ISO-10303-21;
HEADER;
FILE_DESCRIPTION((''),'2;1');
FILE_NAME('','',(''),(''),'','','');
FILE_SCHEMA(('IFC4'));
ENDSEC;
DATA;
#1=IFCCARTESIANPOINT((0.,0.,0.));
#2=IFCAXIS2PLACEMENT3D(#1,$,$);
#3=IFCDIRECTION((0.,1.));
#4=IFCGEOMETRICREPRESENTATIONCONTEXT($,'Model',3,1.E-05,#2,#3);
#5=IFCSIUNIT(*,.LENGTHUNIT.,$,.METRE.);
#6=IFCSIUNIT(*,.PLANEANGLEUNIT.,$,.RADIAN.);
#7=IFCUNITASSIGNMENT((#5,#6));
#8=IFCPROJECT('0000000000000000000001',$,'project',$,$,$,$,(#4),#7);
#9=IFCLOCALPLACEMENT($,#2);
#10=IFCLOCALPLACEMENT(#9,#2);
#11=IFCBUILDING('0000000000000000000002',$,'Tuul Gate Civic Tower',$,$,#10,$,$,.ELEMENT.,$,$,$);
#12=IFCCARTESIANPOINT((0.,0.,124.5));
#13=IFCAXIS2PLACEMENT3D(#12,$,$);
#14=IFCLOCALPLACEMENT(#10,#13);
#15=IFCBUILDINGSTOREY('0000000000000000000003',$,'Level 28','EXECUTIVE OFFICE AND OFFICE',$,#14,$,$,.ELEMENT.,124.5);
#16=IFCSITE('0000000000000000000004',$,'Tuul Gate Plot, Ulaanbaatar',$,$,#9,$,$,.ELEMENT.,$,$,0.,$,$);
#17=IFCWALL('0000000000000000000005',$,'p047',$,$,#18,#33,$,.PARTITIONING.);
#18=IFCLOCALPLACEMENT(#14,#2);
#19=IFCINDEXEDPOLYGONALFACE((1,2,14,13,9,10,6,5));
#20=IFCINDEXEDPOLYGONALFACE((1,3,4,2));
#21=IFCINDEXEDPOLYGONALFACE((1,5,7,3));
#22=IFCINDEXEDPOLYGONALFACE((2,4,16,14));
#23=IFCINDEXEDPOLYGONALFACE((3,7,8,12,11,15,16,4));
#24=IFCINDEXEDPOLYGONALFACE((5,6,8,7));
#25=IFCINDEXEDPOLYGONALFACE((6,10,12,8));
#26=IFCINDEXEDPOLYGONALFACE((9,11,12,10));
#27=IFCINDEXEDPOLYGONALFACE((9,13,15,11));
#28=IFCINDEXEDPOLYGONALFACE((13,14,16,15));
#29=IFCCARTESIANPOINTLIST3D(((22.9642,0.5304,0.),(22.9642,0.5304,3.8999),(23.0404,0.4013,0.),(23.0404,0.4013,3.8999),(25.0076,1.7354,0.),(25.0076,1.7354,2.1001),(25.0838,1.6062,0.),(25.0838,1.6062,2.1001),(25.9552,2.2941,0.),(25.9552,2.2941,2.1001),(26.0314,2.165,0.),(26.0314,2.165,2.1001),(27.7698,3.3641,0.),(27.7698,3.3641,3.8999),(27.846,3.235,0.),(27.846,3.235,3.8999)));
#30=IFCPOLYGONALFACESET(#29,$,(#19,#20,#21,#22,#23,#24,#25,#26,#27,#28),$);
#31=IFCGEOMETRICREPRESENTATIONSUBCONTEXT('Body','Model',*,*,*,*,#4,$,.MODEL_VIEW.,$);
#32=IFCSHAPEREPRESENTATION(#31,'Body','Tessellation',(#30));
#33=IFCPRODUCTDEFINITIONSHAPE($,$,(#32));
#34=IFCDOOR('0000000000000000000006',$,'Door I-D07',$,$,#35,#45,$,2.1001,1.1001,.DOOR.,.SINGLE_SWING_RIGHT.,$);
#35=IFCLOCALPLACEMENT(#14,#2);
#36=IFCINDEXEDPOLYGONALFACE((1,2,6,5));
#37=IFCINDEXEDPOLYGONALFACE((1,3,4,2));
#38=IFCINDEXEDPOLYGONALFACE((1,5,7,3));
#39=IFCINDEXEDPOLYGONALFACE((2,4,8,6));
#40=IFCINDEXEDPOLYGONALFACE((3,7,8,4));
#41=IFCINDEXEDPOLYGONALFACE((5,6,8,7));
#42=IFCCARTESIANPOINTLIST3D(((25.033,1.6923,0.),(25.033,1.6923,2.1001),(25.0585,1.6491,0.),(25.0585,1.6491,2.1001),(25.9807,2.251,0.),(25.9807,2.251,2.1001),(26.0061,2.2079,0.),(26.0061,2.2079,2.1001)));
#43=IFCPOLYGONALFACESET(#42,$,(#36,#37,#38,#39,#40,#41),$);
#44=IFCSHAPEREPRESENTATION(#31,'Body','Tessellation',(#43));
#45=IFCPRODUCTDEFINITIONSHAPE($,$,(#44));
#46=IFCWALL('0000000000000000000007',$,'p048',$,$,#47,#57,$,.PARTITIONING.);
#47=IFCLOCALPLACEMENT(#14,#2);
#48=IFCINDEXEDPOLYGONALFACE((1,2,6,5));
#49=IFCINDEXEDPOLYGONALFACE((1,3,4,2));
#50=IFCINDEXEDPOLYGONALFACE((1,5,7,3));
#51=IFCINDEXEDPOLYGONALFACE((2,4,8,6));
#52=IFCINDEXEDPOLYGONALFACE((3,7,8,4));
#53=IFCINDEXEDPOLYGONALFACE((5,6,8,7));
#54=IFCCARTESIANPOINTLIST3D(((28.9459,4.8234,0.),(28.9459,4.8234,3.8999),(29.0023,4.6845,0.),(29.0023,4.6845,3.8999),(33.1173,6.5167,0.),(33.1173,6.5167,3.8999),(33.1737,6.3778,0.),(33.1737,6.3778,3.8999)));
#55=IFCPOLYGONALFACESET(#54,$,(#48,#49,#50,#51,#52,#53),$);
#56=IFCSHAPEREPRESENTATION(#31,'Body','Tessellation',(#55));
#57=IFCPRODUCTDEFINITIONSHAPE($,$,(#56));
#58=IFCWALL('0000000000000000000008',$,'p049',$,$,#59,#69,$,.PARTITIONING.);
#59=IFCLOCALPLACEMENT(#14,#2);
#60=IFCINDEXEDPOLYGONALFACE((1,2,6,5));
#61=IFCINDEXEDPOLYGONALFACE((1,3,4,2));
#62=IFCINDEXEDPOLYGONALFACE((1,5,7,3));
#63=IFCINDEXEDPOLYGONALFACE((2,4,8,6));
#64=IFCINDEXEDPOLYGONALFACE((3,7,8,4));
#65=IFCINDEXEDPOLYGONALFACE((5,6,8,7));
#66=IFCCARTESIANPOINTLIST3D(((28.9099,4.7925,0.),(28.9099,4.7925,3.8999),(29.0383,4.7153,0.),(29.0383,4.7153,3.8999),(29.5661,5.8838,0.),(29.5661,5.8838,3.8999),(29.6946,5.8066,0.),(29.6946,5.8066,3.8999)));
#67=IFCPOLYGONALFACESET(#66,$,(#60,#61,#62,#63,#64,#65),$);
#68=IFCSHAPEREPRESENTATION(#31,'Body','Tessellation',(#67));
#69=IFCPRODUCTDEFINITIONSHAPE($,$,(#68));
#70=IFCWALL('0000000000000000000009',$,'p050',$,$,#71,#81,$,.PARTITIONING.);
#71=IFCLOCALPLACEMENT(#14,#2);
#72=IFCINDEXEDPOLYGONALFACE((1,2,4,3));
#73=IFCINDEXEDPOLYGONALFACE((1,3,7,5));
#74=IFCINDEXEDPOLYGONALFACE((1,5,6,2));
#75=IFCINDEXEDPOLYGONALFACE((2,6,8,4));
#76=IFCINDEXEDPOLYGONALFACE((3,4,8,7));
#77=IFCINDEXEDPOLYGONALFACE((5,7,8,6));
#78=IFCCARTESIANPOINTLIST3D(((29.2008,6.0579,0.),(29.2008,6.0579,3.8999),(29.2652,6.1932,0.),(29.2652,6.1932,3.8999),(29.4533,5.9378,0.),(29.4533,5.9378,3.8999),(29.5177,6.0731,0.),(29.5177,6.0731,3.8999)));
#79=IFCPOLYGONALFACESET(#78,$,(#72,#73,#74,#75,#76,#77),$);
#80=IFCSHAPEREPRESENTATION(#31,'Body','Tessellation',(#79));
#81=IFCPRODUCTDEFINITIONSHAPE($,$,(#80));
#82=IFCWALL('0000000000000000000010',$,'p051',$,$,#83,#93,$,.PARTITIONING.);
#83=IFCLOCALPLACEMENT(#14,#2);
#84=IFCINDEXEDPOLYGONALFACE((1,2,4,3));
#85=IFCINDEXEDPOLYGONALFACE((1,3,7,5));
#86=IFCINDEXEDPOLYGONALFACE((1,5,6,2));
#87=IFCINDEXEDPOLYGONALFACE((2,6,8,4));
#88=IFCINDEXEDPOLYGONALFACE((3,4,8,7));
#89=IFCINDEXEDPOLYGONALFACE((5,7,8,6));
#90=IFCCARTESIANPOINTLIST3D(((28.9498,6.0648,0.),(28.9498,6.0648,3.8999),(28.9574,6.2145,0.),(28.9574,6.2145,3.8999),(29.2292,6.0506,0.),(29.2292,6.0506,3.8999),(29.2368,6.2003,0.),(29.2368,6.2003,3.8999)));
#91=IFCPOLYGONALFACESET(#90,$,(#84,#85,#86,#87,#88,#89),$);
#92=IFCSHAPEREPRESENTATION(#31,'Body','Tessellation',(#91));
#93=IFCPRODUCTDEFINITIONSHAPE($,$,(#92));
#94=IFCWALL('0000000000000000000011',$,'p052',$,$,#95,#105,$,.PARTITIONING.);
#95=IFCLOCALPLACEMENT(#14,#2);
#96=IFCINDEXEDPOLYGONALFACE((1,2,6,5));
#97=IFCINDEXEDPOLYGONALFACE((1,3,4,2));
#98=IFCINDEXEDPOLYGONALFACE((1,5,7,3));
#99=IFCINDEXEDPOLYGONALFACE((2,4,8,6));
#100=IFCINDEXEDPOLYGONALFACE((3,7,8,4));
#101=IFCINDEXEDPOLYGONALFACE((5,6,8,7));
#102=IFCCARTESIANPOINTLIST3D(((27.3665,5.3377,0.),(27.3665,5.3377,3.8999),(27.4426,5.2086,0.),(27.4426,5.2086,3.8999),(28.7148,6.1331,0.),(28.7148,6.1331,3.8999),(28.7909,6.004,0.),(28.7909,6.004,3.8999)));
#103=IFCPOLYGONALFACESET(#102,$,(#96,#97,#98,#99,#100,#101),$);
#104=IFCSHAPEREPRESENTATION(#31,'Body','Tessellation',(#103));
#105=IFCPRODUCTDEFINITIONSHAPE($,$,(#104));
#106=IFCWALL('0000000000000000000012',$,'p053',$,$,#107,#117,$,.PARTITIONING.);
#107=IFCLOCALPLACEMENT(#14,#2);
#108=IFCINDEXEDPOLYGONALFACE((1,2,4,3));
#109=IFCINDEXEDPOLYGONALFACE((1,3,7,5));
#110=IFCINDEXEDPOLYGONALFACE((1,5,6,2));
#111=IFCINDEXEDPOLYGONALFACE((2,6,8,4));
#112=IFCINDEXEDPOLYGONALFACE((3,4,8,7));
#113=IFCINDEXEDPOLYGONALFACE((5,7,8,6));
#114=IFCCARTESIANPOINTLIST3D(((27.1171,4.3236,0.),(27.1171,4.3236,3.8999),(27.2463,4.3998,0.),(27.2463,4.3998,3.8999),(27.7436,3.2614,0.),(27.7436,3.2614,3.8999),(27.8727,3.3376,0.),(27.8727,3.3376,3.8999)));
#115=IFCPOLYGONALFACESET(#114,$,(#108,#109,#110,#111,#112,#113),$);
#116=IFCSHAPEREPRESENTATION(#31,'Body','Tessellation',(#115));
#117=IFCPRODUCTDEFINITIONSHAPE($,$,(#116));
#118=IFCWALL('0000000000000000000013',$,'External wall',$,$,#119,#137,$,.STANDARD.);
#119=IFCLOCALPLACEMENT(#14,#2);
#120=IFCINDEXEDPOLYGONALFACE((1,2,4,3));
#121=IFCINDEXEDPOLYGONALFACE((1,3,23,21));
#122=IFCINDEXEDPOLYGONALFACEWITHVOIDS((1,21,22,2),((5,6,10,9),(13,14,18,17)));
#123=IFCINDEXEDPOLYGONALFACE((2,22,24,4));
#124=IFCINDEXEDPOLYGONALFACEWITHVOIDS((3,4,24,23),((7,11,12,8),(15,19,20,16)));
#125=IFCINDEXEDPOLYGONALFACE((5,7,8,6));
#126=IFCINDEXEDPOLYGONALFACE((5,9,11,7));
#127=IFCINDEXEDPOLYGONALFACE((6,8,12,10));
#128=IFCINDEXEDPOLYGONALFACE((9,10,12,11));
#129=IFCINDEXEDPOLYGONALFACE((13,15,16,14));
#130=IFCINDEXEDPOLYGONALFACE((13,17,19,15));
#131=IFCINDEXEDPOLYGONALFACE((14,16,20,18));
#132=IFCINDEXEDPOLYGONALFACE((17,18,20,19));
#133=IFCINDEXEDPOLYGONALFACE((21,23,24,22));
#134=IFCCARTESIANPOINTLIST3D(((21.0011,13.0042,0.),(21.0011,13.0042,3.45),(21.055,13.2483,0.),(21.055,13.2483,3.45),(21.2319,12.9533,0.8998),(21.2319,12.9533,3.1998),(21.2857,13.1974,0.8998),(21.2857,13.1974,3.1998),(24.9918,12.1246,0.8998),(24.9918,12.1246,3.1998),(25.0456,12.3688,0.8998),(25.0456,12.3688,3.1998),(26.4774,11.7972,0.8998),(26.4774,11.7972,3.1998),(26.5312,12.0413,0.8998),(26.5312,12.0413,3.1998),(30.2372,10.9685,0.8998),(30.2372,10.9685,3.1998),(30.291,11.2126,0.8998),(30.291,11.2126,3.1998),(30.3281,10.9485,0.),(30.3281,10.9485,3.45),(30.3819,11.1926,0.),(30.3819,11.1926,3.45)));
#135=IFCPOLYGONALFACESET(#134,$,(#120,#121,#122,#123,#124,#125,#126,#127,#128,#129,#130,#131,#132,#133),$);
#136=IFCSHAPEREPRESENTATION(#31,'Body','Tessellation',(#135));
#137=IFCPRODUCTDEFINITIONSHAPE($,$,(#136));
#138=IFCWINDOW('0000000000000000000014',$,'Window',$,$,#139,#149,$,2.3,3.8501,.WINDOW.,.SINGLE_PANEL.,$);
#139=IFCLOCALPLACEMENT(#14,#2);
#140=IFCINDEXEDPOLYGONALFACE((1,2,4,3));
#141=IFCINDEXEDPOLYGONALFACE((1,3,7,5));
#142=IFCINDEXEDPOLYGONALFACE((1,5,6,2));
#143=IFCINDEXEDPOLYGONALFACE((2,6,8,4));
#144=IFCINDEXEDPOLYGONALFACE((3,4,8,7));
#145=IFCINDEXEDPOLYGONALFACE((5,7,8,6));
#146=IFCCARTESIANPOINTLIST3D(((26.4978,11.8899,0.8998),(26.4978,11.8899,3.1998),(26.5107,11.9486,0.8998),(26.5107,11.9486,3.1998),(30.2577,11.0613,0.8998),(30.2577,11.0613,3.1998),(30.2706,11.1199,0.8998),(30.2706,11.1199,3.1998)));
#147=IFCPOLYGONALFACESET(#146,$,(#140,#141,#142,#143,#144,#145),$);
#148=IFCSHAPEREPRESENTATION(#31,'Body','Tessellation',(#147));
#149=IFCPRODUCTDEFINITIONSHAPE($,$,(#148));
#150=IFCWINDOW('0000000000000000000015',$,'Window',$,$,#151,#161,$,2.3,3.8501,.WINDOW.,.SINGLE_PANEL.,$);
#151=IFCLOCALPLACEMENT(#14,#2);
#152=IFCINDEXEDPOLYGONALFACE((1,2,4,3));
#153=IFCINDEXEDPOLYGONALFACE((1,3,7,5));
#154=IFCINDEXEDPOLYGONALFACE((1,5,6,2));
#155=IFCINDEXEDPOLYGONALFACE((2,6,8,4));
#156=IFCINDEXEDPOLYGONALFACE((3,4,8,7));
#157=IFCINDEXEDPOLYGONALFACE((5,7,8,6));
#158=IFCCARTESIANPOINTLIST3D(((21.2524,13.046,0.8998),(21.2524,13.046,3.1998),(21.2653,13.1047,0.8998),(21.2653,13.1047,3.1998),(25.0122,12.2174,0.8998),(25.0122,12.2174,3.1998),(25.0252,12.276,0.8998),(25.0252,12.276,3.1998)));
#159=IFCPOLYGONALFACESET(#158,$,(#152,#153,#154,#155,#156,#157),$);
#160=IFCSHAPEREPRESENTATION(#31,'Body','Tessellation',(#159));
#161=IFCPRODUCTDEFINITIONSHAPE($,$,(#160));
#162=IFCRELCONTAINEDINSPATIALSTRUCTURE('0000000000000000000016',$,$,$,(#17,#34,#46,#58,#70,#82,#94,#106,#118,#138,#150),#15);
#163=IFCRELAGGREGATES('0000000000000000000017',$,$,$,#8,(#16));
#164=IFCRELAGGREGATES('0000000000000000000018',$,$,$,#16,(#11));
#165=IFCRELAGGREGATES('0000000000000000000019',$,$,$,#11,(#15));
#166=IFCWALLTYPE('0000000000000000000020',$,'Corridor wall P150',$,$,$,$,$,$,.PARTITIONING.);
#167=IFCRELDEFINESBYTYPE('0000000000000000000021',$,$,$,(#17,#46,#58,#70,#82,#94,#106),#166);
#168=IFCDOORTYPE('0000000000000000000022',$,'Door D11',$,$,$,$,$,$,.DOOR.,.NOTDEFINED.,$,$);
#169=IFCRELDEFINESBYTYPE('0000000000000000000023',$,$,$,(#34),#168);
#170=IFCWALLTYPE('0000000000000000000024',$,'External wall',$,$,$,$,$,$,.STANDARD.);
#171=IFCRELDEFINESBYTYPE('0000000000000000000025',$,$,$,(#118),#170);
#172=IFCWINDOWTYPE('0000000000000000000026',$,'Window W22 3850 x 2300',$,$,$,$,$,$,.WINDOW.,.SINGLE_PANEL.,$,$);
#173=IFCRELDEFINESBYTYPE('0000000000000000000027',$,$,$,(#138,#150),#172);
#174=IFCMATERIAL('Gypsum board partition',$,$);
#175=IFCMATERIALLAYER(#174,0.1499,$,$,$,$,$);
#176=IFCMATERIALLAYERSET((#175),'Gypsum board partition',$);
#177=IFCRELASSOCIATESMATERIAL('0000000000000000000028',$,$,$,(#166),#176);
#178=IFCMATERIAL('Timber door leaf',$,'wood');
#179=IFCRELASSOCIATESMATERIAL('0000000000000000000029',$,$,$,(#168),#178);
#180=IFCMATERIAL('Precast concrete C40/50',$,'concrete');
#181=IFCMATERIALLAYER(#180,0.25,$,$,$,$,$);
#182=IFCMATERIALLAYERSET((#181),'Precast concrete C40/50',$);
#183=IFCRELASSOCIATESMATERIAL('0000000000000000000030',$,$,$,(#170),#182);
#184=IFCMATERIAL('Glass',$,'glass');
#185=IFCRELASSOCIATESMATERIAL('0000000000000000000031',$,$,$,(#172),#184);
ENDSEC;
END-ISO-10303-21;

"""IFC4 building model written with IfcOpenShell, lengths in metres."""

from ifc_helpers import new_model, si_unit, direction, frame, frame_2d, origin, place, context, subcontext, project, spatial, rectangle, extrude, material, layer, layer_set, type_object, element, fill, save


model = new_model("IFC4")

# Units and contexts
model_context = context("Model", 3, precision=1e-05, world=origin(), true_north=direction((0.0, 1.0)))
body_context = subcontext(model_context, "Body", "Model", "MODEL_VIEW")
ifc_project = project(units=[si_unit("LENGTHUNIT", "METRE"), si_unit("PLANEANGLEUNIT", "RADIAN")], contexts=[model_context])

# Site, building, storey
site_placement = place(None, origin())
site = spatial("IfcSite", under=ifc_project, at=site_placement, Name="Tuul Gate Plot, Ulaanbaatar", CompositionType="ELEMENT", RefElevation=0.0)
building_placement = place(site_placement, origin())
building = spatial("IfcBuilding", under=site, at=building_placement, Name="Tuul Gate Civic Tower", CompositionType="ELEMENT")
storey_placement = place(building_placement, frame((0.0, 0.0, 124.5)))
storey = spatial("IfcBuildingStorey", under=building, at=storey_placement, Name="Level 28", Description="EXECUTIVE OFFICE AND OFFICE", CompositionType="ELEMENT", Elevation=124.5)

# Shared definitions
ifc_material_1 = material(Name="Gypsum board partition")
ifc_layer_1 = layer(ifc_material_1, 0.1499)
ifc_layer_set_1 = layer_set([ifc_layer_1], Name="Gypsum board partition")
wall_type_1 = type_object("IfcWallType", Name="Corridor wall P150", PredefinedType="PARTITIONING", material=ifc_layer_set_1)

# Wall, opening, door
wall_1_placement = place(storey_placement, frame((23.0022, 0.4658, 0.0), z_axis=(0.0, 0.0, 1.0), x_axis=(0.861395, 0.507936, 0.0)))
wall_1 = element("IfcWall", 1, at=wall_1_placement, inside=storey, type_object=wall_type_1, Name="p047", PredefinedType="PARTITIONING", context=body_context, shape_type="SweptSolid", body=[
    extrude(rectangle(XDim=5.5789, YDim=0.1499, at=frame_2d((2.7896, 0.0))), origin(), (0.0, 0.0, 1.0), 3.8999),
])
opening_1_placement = place(wall_1_placement, frame((2.3723, 0.0, 0.0)))
opening_1 = element("IfcOpeningElement", 2, at=opening_1_placement, cuts=wall_1, PredefinedType="OPENING", context=body_context, shape_type="SweptSolid", body=[
    extrude(rectangle(XDim=1.1001, YDim=2.1001, at=frame_2d((0.55, 1.05))), frame((0.0, 0.085, 0.0), z_axis=(0.0, -1.0, 0.0), x_axis=(1.0, 0.0, 0.0)), (0.0, 0.0, 1.0), 0.1699),
])
ifc_material_2 = material(Name="Timber door leaf", Category="wood")
door_type = type_object("IfcDoorType", Name="Door D11", OperationType="NOTDEFINED", PredefinedType="DOOR", material=ifc_material_2)
door_placement = place(opening_1_placement, origin())
door = element("IfcDoor", 3, at=door_placement, inside=storey, type_object=door_type, Name="Door I-D07", OperationType="SINGLE_SWING_RIGHT", OverallHeight=2.1001, OverallWidth=1.1001, PredefinedType="DOOR", context=body_context, shape_type="SweptSolid", body=[
    extrude(rectangle(XDim=1.1001, YDim=2.1001, at=frame_2d((0.55, 1.05))), frame((0.0, 0.0249, 0.0), z_axis=(0.0, -1.0, 0.0), x_axis=(1.0, 0.0, 0.0)), (0.0, 0.0, 1.0), 0.05),
])
fill(opening_1, door)

# Walls
wall_2_placement = place(storey_placement, frame((28.9741, 4.7539, 0.0), z_axis=(0.0, 0.0, 1.0), x_axis=(0.926565, 0.376136, 0.0)))
element("IfcWall", 4, at=wall_2_placement, inside=storey, type_object=wall_type_1, Name="p048", PredefinedType="PARTITIONING", context=body_context, shape_type="SweptSolid", body=[
    extrude(rectangle(XDim=4.502, YDim=0.1499, at=frame_2d((2.251, 0.0))), origin(), (0.0, 0.0, 1.0), 3.8999),
])
wall_3_placement = place(storey_placement, frame((29.6304, 5.8452, 0.0), z_axis=(0.0, 0.0, 1.0), x_axis=(-0.515341, -0.856985, 0.0)))
element("IfcWall", 5, at=wall_3_placement, inside=storey, type_object=wall_type_1, Name="p049", PredefinedType="PARTITIONING", context=body_context, shape_type="SweptSolid", body=[
    extrude(rectangle(XDim=1.2734, YDim=0.1499, at=frame_2d((0.6367, 0.0))), origin(), (0.0, 0.0, 1.0), 3.8999),
])
wall_4_placement = place(storey_placement, frame((29.2332, 6.1255, 0.0), z_axis=(0.0, 0.0, 1.0), x_axis=(0.90299, -0.429662, 0.0)))
element("IfcWall", 6, at=wall_4_placement, inside=storey, type_object=wall_type_1, Name="p050", PredefinedType="PARTITIONING", context=body_context, shape_type="SweptSolid", body=[
    extrude(rectangle(XDim=0.2795, YDim=0.1499, at=frame_2d((0.1396, 0.0))), origin(), (0.0, 0.0, 1.0), 3.8999),
])
wall_5_placement = place(storey_placement, frame((28.9536, 6.1396, 0.0), z_axis=(0.0, 0.0, 1.0), x_axis=(0.998719, -0.05059, 0.0)))
element("IfcWall", 7, at=wall_5_placement, inside=storey, type_object=wall_type_1, Name="p051", PredefinedType="PARTITIONING", context=body_context, shape_type="SweptSolid", body=[
    extrude(rectangle(XDim=0.2798, YDim=0.1499, at=frame_2d((0.1399, 0.0))), origin(), (0.0, 0.0, 1.0), 3.8999),
])
wall_6_placement = place(storey_placement, frame((27.4045, 5.2732, 0.0), z_axis=(0.0, 0.0, 1.0), x_axis=(0.861308, 0.508083, 0.0)))
element("IfcWall", 8, at=wall_6_placement, inside=storey, type_object=wall_type_1, Name="p052", PredefinedType="PARTITIONING", context=body_context, shape_type="SweptSolid", body=[
    extrude(rectangle(XDim=1.5654, YDim=0.1499, at=frame_2d((0.7827, 0.0))), origin(), (0.0, 0.0, 1.0), 3.8999),
])
wall_7_placement = place(storey_placement, frame((27.1816, 4.3618, 0.0), z_axis=(0.0, 0.0, 1.0), x_axis=(0.507989, -0.861364, 0.0)))
element("IfcWall", 9, at=wall_7_placement, inside=storey, type_object=wall_type_1, Name="p053", PredefinedType="PARTITIONING", context=body_context, shape_type="SweptSolid", body=[
    extrude(rectangle(XDim=1.2332, YDim=0.1499, at=frame_2d((0.6167, 0.0))), origin(), (0.0, 0.0, 1.0), 3.8999),
])

# Wall, openings, windows
ifc_material_3 = material(Name="Precast concrete C40/50", Category="concrete")
ifc_layer_2 = layer(ifc_material_3, 0.25)
ifc_layer_set_2 = layer_set([ifc_layer_2], Name="Precast concrete C40/50")
wall_type_2 = type_object("IfcWallType", Name="External wall", PredefinedType="STANDARD", material=ifc_layer_set_2)
wall_8_placement = place(storey_placement, frame((30.355, 11.0706, 0.0), z_axis=(0.0, 0.0, 1.0), x_axis=(-0.976562, 0.215236, 0.0)))
wall_8 = element("IfcWall", 10, at=wall_8_placement, inside=storey, type_object=wall_type_2, Name="External wall", PredefinedType="STANDARD", context=body_context, shape_type="SweptSolid", body=[
    extrude(rectangle(XDim=9.5508, YDim=0.25, at=frame_2d((4.7754, 0.0))), origin(), (0.0, 0.0, 1.0), 3.45),
])
opening_2_placement = place(wall_8_placement, frame((0.093, 0.0, 0.8999)))
opening_2 = element("IfcOpeningElement", 11, at=opening_2_placement, cuts=wall_8, PredefinedType="OPENING", context=body_context, shape_type="SweptSolid", body=[
    extrude(rectangle(XDim=3.8501, YDim=2.3, at=frame_2d((1.925, 1.1499))), frame((0.0, 0.135, 0.0), z_axis=(0.0, -1.0, 0.0), x_axis=(1.0, 0.0, 0.0)), (0.0, 0.0, 1.0), 0.27),
])
opening_3_placement = place(wall_8_placement, frame((5.4644, 0.0, 0.8999)))
opening_3 = element("IfcOpeningElement", 12, at=opening_3_placement, cuts=wall_8, PredefinedType="OPENING", context=body_context, shape_type="SweptSolid", body=[
    extrude(rectangle(XDim=3.8501, YDim=2.3, at=frame_2d((1.925, 1.1499))), frame((0.0, 0.135, 0.0), z_axis=(0.0, -1.0, 0.0), x_axis=(1.0, 0.0, 0.0)), (0.0, 0.0, 1.0), 0.27),
])
ifc_material_4 = material(Name="Glass", Category="glass")
window_type = type_object("IfcWindowType", Name="Window W22 3850 x 2300", PartitioningType="SINGLE_PANEL", PredefinedType="WINDOW", material=ifc_material_4)
window_1_placement = place(opening_2_placement, origin())
window_1 = element("IfcWindow", 13, at=window_1_placement, inside=storey, type_object=window_type, Name="Window", OverallHeight=2.3, OverallWidth=3.8501, PartitioningType="SINGLE_PANEL", PredefinedType="WINDOW", context=body_context, shape_type="SweptSolid", body=[
    extrude(rectangle(XDim=3.8501, YDim=2.3, at=frame_2d((1.925, 1.1499))), frame((0.0, 0.03, 0.0), z_axis=(0.0, -1.0, 0.0), x_axis=(1.0, 0.0, 0.0)), (0.0, 0.0, 1.0), 0.0601),
])
fill(opening_2, window_1)
window_2_placement = place(opening_3_placement, origin())
window_2 = element("IfcWindow", 14, at=window_2_placement, inside=storey, type_object=window_type, Name="Window", OverallHeight=2.3, OverallWidth=3.8501, PartitioningType="SINGLE_PANEL", PredefinedType="WINDOW", context=body_context, shape_type="SweptSolid", body=[
    extrude(rectangle(XDim=3.8501, YDim=2.3, at=frame_2d((1.925, 1.1499))), frame((0.0, 0.03, 0.0), z_axis=(0.0, -1.0, 0.0), x_axis=(1.0, 0.0, 0.0)), (0.0, 0.0, 1.0), 0.0601),
])
fill(opening_3, window_2)

save(model, "model.ifc")
